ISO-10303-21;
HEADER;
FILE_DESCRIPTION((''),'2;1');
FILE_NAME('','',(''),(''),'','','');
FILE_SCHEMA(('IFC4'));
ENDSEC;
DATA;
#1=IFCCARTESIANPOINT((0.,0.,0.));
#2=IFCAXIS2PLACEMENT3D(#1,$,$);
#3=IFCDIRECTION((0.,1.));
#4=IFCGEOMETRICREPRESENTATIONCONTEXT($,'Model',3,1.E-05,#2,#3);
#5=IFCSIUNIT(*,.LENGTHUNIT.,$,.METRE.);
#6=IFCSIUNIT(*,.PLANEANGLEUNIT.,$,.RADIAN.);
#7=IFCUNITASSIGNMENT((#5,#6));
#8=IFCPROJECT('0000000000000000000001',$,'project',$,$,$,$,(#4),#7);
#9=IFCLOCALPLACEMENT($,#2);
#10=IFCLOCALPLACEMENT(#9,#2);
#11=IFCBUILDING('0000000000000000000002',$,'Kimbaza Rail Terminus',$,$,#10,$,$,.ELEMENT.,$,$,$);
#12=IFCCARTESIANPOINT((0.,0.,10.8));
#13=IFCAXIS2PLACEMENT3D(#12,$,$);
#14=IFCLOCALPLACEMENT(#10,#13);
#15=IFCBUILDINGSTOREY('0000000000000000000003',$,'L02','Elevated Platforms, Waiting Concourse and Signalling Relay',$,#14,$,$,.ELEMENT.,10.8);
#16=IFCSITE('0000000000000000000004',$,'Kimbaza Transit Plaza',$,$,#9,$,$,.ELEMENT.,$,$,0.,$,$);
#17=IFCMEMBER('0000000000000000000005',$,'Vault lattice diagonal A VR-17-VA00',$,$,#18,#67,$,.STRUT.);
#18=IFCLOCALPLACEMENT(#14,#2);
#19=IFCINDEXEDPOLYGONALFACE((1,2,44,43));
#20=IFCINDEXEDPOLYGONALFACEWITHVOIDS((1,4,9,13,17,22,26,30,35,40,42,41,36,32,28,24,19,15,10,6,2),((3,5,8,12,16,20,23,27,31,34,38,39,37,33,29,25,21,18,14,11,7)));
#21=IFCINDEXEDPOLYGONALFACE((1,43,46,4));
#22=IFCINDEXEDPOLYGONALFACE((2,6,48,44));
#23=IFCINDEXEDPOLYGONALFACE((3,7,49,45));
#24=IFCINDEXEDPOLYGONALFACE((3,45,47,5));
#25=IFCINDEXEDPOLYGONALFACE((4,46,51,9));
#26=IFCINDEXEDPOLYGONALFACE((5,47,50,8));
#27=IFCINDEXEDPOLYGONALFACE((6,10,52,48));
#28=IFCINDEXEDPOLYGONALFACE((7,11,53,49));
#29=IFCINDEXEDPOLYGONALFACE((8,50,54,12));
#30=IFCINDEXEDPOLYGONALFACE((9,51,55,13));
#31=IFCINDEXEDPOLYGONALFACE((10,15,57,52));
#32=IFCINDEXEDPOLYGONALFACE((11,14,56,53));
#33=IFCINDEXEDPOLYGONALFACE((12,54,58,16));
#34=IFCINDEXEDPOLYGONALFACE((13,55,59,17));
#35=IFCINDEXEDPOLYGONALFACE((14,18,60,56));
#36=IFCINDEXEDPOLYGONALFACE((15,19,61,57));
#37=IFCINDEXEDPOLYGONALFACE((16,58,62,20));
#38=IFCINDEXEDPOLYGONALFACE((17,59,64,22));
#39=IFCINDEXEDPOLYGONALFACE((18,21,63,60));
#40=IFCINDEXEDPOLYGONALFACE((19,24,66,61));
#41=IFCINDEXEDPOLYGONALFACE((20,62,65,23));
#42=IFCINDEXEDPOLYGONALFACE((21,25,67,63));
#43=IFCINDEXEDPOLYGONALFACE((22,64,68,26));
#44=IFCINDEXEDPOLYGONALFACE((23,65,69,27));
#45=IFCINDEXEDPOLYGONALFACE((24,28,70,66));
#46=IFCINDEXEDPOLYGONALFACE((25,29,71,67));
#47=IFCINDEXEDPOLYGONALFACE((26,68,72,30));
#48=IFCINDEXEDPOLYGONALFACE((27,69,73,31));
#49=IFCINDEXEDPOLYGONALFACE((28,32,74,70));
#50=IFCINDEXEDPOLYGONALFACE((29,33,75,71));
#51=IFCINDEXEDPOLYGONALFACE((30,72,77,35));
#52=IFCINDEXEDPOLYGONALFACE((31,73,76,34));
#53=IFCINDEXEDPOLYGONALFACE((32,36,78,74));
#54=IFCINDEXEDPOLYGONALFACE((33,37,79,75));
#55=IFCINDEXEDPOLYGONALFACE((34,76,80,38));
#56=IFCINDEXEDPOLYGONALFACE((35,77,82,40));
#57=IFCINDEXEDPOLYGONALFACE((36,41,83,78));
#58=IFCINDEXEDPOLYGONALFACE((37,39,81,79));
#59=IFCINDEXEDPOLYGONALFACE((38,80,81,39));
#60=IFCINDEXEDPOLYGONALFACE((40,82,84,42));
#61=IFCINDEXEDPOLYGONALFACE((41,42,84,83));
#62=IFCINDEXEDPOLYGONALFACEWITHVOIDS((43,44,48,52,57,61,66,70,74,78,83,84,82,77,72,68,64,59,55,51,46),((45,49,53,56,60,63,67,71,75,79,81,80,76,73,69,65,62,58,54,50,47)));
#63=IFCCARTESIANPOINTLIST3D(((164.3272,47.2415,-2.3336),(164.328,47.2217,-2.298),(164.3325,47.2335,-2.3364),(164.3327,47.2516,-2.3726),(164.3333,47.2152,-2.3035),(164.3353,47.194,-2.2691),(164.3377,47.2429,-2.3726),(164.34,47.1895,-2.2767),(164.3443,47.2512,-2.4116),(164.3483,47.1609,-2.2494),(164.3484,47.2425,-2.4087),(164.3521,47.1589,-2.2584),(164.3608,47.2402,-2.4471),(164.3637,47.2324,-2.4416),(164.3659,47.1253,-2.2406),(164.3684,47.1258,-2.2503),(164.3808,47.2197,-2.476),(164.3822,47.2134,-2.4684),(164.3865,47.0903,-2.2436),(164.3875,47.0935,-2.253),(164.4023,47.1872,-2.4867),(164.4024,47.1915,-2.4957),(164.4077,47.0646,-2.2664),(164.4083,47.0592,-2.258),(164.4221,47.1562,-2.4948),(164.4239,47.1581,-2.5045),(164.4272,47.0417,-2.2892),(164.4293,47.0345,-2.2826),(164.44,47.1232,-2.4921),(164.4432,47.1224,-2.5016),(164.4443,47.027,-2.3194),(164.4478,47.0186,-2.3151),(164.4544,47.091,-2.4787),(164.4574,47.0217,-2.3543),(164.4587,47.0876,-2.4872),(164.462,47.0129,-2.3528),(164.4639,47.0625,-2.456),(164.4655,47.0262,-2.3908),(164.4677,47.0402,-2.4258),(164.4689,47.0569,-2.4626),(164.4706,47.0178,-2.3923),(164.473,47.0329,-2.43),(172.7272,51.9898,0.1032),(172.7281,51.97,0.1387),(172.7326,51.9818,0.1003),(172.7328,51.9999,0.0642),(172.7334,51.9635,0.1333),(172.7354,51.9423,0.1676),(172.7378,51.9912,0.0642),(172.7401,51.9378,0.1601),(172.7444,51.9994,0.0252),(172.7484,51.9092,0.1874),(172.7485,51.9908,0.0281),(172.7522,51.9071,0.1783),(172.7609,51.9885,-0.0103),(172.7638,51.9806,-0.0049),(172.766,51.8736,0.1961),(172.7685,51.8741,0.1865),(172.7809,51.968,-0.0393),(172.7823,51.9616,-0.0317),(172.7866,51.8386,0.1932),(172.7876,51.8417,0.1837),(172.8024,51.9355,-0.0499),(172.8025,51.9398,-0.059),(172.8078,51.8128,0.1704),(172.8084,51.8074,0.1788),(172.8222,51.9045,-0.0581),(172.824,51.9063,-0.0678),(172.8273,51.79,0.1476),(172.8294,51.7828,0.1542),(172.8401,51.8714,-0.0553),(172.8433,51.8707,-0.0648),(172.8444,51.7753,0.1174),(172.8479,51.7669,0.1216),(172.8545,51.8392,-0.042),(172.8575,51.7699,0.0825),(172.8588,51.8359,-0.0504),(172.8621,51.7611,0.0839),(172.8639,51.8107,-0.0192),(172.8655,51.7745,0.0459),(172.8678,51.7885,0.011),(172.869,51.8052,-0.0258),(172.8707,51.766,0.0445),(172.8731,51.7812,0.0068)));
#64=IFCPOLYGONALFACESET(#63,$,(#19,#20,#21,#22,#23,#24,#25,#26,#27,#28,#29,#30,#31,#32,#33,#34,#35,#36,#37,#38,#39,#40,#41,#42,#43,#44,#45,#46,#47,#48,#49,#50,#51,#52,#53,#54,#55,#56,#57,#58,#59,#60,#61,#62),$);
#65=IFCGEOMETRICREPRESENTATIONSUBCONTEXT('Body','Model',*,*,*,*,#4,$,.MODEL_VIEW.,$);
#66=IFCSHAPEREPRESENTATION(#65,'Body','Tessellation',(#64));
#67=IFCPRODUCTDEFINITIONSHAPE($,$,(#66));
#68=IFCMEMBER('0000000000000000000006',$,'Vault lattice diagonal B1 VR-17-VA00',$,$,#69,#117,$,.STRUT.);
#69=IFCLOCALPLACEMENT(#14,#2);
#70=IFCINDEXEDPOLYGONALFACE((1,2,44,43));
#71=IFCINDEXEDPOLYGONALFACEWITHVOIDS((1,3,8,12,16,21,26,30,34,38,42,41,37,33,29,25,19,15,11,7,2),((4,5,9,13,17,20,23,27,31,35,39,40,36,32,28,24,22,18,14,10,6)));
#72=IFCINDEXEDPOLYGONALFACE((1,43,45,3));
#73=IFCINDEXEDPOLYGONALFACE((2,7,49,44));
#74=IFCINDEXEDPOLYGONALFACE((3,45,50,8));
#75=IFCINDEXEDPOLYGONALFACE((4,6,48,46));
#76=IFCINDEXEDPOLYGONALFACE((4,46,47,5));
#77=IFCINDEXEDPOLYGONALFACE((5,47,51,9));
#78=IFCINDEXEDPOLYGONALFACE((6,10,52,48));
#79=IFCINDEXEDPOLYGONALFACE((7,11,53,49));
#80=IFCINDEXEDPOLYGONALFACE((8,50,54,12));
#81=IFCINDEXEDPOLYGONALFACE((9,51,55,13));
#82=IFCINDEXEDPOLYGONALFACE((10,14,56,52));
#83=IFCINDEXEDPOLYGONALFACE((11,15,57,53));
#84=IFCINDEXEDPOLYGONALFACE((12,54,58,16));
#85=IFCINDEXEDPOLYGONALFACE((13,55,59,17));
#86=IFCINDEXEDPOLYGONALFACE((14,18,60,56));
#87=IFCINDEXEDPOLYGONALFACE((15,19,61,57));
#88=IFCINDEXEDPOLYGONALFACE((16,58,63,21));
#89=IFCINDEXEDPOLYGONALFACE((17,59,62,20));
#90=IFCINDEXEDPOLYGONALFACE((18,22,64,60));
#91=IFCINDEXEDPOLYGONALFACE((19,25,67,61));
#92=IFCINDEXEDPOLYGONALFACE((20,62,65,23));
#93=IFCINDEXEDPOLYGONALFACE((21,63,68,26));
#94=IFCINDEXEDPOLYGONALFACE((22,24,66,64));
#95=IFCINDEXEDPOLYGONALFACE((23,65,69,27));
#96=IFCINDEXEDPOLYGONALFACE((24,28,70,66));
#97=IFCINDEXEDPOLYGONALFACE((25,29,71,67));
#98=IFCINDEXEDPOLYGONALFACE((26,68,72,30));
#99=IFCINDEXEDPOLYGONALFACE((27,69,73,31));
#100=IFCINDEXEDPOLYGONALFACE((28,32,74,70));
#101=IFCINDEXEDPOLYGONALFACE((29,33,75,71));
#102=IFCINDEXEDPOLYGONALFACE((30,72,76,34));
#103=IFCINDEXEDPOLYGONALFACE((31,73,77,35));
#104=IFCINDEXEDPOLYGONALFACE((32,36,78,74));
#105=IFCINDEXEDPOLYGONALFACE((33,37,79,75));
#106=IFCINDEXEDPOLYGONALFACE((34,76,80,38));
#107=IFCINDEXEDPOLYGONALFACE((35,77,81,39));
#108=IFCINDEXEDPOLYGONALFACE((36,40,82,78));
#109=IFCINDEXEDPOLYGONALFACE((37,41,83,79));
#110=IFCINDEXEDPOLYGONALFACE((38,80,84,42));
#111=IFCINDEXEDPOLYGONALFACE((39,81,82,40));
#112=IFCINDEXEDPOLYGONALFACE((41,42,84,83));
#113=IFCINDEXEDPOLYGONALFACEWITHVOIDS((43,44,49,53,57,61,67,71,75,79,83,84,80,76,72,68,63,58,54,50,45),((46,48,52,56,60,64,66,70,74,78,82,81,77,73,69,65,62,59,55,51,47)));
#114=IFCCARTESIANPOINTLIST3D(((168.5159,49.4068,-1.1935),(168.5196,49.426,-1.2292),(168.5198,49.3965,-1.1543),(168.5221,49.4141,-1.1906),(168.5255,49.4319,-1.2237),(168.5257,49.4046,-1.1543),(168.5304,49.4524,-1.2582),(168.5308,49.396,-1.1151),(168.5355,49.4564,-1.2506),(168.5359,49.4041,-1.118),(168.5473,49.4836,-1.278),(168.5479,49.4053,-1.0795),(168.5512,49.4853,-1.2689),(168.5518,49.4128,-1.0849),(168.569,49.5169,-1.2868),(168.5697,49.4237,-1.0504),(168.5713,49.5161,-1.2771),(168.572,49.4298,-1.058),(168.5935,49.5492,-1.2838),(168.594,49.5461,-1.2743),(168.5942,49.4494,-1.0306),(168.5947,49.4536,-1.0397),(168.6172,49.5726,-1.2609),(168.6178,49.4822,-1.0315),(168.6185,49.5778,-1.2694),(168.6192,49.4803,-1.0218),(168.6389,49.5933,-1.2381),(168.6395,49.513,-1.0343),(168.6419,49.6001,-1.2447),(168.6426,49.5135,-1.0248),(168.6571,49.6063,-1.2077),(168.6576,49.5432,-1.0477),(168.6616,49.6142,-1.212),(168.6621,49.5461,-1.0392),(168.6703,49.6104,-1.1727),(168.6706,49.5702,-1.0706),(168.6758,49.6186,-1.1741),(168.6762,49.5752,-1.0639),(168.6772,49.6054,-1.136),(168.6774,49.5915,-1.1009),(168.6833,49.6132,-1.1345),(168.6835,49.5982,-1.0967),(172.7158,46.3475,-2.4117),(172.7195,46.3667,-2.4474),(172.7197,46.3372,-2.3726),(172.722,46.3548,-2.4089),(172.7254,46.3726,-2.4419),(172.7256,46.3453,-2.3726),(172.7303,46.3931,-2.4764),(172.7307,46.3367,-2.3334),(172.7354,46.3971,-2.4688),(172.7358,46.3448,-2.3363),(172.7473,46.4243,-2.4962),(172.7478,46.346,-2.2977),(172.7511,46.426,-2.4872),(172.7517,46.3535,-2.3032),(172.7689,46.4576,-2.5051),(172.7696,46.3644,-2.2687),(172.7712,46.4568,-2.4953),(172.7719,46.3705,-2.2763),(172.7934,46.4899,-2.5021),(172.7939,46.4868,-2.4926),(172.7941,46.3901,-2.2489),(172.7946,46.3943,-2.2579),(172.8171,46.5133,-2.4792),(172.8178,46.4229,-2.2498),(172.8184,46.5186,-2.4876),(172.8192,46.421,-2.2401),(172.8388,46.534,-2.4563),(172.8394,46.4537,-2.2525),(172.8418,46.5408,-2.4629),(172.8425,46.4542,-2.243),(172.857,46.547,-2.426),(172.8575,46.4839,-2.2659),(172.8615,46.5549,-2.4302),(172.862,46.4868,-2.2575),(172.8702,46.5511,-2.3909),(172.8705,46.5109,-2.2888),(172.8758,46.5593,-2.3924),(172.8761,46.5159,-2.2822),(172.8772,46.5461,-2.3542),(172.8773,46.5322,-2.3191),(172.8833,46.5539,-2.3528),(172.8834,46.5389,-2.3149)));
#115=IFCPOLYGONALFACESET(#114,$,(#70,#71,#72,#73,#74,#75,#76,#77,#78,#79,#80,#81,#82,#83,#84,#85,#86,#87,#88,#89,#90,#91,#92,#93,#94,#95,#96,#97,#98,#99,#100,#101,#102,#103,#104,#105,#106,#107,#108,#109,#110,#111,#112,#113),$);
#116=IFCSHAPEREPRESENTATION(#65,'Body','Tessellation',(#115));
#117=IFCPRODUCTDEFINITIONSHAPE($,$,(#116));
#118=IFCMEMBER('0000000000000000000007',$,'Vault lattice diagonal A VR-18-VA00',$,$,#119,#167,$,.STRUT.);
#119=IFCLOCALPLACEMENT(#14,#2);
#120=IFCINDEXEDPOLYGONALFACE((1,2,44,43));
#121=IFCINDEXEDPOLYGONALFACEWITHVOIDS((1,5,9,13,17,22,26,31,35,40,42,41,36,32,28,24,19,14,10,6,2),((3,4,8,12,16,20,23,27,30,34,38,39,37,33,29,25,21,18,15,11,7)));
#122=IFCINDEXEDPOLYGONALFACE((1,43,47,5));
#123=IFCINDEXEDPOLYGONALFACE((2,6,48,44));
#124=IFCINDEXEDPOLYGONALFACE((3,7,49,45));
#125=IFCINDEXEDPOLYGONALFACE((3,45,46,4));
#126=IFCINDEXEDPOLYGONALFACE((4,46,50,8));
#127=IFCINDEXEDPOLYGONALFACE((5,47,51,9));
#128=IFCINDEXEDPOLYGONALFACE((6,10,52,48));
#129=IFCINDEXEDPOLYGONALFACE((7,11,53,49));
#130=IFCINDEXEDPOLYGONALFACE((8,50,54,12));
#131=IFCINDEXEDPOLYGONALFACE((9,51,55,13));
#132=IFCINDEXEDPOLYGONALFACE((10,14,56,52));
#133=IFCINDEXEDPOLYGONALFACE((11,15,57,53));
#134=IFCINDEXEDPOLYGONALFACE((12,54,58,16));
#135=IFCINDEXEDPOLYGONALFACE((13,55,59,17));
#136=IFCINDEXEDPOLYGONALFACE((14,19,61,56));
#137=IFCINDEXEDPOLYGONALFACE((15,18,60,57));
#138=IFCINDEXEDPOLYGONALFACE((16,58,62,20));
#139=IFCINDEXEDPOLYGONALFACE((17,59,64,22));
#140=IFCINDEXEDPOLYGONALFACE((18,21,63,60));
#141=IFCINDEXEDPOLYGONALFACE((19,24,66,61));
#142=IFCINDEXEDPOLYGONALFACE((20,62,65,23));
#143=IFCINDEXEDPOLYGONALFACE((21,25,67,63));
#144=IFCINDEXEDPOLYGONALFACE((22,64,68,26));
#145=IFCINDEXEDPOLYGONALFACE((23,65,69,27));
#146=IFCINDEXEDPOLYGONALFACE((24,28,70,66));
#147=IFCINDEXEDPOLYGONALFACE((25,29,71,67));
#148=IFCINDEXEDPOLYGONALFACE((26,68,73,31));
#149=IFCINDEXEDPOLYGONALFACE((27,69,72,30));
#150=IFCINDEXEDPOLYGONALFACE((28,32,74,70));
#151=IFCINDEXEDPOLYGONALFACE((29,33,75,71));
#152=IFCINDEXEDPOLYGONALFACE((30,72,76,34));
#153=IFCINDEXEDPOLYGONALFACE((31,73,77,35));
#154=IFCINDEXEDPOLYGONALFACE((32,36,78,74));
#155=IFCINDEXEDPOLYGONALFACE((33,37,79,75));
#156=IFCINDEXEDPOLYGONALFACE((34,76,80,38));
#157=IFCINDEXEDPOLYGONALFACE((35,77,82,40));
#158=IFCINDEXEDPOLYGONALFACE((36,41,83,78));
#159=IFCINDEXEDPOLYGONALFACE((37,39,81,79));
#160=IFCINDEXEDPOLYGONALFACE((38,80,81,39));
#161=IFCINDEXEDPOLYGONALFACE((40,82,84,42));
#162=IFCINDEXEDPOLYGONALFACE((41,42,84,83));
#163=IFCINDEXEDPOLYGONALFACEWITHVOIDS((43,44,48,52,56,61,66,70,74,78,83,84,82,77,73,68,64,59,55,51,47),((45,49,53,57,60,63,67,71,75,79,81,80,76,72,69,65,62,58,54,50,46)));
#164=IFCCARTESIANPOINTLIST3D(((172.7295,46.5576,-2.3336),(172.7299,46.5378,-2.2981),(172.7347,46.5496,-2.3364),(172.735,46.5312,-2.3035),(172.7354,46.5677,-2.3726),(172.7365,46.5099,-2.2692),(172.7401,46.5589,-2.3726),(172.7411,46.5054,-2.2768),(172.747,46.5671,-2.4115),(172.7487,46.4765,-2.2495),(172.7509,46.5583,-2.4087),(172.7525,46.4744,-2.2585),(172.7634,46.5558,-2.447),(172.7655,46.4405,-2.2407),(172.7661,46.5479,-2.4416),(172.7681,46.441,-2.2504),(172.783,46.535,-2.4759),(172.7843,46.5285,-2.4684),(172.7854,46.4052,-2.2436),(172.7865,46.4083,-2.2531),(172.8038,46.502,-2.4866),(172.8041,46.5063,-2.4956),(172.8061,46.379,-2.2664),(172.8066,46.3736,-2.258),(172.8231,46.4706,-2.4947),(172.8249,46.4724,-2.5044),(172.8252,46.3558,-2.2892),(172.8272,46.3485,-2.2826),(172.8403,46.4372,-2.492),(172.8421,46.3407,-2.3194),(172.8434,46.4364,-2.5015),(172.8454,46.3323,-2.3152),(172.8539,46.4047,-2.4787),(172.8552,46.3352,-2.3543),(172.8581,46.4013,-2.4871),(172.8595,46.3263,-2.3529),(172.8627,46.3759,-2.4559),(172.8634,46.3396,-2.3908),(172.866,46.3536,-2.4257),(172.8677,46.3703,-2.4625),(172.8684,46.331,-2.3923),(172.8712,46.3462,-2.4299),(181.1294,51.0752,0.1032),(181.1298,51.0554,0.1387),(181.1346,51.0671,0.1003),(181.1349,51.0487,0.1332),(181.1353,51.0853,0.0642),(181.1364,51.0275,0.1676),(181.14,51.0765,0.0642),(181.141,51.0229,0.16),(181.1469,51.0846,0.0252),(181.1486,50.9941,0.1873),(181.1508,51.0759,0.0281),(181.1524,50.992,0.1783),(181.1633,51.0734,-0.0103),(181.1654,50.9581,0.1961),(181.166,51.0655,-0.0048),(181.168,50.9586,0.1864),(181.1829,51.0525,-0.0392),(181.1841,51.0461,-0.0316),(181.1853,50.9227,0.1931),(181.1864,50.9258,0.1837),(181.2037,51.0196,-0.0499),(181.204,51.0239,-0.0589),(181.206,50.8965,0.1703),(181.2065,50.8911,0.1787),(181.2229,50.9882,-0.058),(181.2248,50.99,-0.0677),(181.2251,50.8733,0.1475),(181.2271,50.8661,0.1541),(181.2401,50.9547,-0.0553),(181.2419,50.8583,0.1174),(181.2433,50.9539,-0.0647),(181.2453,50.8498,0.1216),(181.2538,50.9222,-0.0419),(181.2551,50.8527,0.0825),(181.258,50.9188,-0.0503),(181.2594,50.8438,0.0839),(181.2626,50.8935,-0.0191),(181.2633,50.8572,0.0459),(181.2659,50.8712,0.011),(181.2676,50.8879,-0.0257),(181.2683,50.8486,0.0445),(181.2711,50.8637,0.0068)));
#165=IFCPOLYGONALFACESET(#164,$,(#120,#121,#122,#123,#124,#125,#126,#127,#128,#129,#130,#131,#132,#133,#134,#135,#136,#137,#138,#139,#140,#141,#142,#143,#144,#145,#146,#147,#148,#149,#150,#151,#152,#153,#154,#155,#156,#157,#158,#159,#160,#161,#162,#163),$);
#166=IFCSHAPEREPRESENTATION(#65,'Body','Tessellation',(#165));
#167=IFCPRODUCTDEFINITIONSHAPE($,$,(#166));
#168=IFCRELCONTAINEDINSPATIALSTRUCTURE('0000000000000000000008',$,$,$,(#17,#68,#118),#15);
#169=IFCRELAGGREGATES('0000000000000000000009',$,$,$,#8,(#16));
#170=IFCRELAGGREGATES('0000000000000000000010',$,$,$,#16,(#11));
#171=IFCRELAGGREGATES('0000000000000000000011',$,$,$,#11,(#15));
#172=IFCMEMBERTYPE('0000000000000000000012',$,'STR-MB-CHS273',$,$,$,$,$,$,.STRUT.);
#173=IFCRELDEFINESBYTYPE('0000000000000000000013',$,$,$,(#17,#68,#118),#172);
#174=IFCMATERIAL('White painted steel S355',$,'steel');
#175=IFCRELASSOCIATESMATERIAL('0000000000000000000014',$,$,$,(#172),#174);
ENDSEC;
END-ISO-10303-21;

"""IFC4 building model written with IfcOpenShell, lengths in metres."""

from ifc_helpers import new_model, si_unit, direction, frame, origin, origin_2d, place, context, subcontext, project, spatial, hollow_circle, extrude, material, material_profile, profile_set, type_object, element, save


model = new_model("IFC4")

# Units and contexts
model_context = context("Model", 3, precision=1e-05, world=origin(), true_north=direction((0.0, 1.0)))
body_context = subcontext(model_context, "Body", "Model", "MODEL_VIEW")
ifc_project = project(units=[si_unit("LENGTHUNIT", "METRE"), si_unit("PLANEANGLEUNIT", "RADIAN")], contexts=[model_context])

# Site, building, storey
site_placement = place(None, origin())
site = spatial("IfcSite", under=ifc_project, at=site_placement, Name="Kimbaza Transit Plaza", CompositionType="ELEMENT", RefElevation=0.0)
building_placement = place(site_placement, origin())
building = spatial("IfcBuilding", under=site, at=building_placement, Name="Kimbaza Rail Terminus", CompositionType="ELEMENT")
storey_placement = place(building_placement, frame((0.0, 0.0, 10.8)))
storey = spatial("IfcBuildingStorey", under=building, at=storey_placement, Name="L02", Description="Elevated Platforms, Waiting Concourse and Signalling Relay", CompositionType="ELEMENT", Elevation=10.8)

# Members
ifc_material_1 = material(Name="White painted steel S355", Category="steel")
ifc_material_profile_1 = material_profile(ifc_material_1, hollow_circle(Radius=0.1365, WallThickness=0.01, at=origin_2d()), Name="CHS 273x10")
ifc_profile_set_1 = profile_set([ifc_material_profile_1], Name="White painted steel S355")
member_type_1 = type_object("IfcMemberType", Name="STR-MB-CHS273", PredefinedType="STRUT", material=ifc_profile_set_1)
member_1_placement = place(storey_placement, frame((164.3999, 47.1328, -2.3726), z_axis=(0.844048, 0.477109, 0.244847), x_axis=(-0.492087, 0.870546, 0.0)))
element("IfcMember", 1, at=member_1_placement, inside=storey, type_object=member_type_1, Name="Vault lattice diagonal A VR-17-VA00", PredefinedType="STRUT", context=body_context, shape_type="SweptSolid", body=[
    extrude(hollow_circle(Radius=0.1365, WallThickness=0.01, at=origin_2d()), origin(), (0.0, 0.0, 1.0), 9.9521),
])
member_2_placement = place(storey_placement, frame((172.8, 46.4475, -2.3726), z_axis=(-0.786955, 0.573233, 0.228269), x_axis=(-0.588778, -0.808295, 0.0)))
element("IfcMember", 2, at=member_2_placement, inside=storey, type_object=member_type_1, Name="Vault lattice diagonal B1 VR-17-VA00", PredefinedType="STRUT", context=body_context, shape_type="SweptSolid", body=[
    extrude(hollow_circle(Radius=0.1365, WallThickness=0.01, at=origin_2d()), origin(), (0.0, 0.0, 1.0), 5.3369),
])
member_3_placement = place(storey_placement, frame((172.8, 46.4475, -2.3726), z_axis=(0.8533, 0.458916, 0.247538), x_axis=(-0.473657, 0.880709, 0.0)))
element("IfcMember", 3, at=member_3_placement, inside=storey, type_object=member_type_1, Name="Vault lattice diagonal A VR-18-VA00", PredefinedType="STRUT", context=body_context, shape_type="SweptSolid", body=[
    extrude(hollow_circle(Radius=0.1365, WallThickness=0.01, at=origin_2d()), origin(), (0.0, 0.0, 1.0), 9.844),
])

save(model, "model.ifc")
